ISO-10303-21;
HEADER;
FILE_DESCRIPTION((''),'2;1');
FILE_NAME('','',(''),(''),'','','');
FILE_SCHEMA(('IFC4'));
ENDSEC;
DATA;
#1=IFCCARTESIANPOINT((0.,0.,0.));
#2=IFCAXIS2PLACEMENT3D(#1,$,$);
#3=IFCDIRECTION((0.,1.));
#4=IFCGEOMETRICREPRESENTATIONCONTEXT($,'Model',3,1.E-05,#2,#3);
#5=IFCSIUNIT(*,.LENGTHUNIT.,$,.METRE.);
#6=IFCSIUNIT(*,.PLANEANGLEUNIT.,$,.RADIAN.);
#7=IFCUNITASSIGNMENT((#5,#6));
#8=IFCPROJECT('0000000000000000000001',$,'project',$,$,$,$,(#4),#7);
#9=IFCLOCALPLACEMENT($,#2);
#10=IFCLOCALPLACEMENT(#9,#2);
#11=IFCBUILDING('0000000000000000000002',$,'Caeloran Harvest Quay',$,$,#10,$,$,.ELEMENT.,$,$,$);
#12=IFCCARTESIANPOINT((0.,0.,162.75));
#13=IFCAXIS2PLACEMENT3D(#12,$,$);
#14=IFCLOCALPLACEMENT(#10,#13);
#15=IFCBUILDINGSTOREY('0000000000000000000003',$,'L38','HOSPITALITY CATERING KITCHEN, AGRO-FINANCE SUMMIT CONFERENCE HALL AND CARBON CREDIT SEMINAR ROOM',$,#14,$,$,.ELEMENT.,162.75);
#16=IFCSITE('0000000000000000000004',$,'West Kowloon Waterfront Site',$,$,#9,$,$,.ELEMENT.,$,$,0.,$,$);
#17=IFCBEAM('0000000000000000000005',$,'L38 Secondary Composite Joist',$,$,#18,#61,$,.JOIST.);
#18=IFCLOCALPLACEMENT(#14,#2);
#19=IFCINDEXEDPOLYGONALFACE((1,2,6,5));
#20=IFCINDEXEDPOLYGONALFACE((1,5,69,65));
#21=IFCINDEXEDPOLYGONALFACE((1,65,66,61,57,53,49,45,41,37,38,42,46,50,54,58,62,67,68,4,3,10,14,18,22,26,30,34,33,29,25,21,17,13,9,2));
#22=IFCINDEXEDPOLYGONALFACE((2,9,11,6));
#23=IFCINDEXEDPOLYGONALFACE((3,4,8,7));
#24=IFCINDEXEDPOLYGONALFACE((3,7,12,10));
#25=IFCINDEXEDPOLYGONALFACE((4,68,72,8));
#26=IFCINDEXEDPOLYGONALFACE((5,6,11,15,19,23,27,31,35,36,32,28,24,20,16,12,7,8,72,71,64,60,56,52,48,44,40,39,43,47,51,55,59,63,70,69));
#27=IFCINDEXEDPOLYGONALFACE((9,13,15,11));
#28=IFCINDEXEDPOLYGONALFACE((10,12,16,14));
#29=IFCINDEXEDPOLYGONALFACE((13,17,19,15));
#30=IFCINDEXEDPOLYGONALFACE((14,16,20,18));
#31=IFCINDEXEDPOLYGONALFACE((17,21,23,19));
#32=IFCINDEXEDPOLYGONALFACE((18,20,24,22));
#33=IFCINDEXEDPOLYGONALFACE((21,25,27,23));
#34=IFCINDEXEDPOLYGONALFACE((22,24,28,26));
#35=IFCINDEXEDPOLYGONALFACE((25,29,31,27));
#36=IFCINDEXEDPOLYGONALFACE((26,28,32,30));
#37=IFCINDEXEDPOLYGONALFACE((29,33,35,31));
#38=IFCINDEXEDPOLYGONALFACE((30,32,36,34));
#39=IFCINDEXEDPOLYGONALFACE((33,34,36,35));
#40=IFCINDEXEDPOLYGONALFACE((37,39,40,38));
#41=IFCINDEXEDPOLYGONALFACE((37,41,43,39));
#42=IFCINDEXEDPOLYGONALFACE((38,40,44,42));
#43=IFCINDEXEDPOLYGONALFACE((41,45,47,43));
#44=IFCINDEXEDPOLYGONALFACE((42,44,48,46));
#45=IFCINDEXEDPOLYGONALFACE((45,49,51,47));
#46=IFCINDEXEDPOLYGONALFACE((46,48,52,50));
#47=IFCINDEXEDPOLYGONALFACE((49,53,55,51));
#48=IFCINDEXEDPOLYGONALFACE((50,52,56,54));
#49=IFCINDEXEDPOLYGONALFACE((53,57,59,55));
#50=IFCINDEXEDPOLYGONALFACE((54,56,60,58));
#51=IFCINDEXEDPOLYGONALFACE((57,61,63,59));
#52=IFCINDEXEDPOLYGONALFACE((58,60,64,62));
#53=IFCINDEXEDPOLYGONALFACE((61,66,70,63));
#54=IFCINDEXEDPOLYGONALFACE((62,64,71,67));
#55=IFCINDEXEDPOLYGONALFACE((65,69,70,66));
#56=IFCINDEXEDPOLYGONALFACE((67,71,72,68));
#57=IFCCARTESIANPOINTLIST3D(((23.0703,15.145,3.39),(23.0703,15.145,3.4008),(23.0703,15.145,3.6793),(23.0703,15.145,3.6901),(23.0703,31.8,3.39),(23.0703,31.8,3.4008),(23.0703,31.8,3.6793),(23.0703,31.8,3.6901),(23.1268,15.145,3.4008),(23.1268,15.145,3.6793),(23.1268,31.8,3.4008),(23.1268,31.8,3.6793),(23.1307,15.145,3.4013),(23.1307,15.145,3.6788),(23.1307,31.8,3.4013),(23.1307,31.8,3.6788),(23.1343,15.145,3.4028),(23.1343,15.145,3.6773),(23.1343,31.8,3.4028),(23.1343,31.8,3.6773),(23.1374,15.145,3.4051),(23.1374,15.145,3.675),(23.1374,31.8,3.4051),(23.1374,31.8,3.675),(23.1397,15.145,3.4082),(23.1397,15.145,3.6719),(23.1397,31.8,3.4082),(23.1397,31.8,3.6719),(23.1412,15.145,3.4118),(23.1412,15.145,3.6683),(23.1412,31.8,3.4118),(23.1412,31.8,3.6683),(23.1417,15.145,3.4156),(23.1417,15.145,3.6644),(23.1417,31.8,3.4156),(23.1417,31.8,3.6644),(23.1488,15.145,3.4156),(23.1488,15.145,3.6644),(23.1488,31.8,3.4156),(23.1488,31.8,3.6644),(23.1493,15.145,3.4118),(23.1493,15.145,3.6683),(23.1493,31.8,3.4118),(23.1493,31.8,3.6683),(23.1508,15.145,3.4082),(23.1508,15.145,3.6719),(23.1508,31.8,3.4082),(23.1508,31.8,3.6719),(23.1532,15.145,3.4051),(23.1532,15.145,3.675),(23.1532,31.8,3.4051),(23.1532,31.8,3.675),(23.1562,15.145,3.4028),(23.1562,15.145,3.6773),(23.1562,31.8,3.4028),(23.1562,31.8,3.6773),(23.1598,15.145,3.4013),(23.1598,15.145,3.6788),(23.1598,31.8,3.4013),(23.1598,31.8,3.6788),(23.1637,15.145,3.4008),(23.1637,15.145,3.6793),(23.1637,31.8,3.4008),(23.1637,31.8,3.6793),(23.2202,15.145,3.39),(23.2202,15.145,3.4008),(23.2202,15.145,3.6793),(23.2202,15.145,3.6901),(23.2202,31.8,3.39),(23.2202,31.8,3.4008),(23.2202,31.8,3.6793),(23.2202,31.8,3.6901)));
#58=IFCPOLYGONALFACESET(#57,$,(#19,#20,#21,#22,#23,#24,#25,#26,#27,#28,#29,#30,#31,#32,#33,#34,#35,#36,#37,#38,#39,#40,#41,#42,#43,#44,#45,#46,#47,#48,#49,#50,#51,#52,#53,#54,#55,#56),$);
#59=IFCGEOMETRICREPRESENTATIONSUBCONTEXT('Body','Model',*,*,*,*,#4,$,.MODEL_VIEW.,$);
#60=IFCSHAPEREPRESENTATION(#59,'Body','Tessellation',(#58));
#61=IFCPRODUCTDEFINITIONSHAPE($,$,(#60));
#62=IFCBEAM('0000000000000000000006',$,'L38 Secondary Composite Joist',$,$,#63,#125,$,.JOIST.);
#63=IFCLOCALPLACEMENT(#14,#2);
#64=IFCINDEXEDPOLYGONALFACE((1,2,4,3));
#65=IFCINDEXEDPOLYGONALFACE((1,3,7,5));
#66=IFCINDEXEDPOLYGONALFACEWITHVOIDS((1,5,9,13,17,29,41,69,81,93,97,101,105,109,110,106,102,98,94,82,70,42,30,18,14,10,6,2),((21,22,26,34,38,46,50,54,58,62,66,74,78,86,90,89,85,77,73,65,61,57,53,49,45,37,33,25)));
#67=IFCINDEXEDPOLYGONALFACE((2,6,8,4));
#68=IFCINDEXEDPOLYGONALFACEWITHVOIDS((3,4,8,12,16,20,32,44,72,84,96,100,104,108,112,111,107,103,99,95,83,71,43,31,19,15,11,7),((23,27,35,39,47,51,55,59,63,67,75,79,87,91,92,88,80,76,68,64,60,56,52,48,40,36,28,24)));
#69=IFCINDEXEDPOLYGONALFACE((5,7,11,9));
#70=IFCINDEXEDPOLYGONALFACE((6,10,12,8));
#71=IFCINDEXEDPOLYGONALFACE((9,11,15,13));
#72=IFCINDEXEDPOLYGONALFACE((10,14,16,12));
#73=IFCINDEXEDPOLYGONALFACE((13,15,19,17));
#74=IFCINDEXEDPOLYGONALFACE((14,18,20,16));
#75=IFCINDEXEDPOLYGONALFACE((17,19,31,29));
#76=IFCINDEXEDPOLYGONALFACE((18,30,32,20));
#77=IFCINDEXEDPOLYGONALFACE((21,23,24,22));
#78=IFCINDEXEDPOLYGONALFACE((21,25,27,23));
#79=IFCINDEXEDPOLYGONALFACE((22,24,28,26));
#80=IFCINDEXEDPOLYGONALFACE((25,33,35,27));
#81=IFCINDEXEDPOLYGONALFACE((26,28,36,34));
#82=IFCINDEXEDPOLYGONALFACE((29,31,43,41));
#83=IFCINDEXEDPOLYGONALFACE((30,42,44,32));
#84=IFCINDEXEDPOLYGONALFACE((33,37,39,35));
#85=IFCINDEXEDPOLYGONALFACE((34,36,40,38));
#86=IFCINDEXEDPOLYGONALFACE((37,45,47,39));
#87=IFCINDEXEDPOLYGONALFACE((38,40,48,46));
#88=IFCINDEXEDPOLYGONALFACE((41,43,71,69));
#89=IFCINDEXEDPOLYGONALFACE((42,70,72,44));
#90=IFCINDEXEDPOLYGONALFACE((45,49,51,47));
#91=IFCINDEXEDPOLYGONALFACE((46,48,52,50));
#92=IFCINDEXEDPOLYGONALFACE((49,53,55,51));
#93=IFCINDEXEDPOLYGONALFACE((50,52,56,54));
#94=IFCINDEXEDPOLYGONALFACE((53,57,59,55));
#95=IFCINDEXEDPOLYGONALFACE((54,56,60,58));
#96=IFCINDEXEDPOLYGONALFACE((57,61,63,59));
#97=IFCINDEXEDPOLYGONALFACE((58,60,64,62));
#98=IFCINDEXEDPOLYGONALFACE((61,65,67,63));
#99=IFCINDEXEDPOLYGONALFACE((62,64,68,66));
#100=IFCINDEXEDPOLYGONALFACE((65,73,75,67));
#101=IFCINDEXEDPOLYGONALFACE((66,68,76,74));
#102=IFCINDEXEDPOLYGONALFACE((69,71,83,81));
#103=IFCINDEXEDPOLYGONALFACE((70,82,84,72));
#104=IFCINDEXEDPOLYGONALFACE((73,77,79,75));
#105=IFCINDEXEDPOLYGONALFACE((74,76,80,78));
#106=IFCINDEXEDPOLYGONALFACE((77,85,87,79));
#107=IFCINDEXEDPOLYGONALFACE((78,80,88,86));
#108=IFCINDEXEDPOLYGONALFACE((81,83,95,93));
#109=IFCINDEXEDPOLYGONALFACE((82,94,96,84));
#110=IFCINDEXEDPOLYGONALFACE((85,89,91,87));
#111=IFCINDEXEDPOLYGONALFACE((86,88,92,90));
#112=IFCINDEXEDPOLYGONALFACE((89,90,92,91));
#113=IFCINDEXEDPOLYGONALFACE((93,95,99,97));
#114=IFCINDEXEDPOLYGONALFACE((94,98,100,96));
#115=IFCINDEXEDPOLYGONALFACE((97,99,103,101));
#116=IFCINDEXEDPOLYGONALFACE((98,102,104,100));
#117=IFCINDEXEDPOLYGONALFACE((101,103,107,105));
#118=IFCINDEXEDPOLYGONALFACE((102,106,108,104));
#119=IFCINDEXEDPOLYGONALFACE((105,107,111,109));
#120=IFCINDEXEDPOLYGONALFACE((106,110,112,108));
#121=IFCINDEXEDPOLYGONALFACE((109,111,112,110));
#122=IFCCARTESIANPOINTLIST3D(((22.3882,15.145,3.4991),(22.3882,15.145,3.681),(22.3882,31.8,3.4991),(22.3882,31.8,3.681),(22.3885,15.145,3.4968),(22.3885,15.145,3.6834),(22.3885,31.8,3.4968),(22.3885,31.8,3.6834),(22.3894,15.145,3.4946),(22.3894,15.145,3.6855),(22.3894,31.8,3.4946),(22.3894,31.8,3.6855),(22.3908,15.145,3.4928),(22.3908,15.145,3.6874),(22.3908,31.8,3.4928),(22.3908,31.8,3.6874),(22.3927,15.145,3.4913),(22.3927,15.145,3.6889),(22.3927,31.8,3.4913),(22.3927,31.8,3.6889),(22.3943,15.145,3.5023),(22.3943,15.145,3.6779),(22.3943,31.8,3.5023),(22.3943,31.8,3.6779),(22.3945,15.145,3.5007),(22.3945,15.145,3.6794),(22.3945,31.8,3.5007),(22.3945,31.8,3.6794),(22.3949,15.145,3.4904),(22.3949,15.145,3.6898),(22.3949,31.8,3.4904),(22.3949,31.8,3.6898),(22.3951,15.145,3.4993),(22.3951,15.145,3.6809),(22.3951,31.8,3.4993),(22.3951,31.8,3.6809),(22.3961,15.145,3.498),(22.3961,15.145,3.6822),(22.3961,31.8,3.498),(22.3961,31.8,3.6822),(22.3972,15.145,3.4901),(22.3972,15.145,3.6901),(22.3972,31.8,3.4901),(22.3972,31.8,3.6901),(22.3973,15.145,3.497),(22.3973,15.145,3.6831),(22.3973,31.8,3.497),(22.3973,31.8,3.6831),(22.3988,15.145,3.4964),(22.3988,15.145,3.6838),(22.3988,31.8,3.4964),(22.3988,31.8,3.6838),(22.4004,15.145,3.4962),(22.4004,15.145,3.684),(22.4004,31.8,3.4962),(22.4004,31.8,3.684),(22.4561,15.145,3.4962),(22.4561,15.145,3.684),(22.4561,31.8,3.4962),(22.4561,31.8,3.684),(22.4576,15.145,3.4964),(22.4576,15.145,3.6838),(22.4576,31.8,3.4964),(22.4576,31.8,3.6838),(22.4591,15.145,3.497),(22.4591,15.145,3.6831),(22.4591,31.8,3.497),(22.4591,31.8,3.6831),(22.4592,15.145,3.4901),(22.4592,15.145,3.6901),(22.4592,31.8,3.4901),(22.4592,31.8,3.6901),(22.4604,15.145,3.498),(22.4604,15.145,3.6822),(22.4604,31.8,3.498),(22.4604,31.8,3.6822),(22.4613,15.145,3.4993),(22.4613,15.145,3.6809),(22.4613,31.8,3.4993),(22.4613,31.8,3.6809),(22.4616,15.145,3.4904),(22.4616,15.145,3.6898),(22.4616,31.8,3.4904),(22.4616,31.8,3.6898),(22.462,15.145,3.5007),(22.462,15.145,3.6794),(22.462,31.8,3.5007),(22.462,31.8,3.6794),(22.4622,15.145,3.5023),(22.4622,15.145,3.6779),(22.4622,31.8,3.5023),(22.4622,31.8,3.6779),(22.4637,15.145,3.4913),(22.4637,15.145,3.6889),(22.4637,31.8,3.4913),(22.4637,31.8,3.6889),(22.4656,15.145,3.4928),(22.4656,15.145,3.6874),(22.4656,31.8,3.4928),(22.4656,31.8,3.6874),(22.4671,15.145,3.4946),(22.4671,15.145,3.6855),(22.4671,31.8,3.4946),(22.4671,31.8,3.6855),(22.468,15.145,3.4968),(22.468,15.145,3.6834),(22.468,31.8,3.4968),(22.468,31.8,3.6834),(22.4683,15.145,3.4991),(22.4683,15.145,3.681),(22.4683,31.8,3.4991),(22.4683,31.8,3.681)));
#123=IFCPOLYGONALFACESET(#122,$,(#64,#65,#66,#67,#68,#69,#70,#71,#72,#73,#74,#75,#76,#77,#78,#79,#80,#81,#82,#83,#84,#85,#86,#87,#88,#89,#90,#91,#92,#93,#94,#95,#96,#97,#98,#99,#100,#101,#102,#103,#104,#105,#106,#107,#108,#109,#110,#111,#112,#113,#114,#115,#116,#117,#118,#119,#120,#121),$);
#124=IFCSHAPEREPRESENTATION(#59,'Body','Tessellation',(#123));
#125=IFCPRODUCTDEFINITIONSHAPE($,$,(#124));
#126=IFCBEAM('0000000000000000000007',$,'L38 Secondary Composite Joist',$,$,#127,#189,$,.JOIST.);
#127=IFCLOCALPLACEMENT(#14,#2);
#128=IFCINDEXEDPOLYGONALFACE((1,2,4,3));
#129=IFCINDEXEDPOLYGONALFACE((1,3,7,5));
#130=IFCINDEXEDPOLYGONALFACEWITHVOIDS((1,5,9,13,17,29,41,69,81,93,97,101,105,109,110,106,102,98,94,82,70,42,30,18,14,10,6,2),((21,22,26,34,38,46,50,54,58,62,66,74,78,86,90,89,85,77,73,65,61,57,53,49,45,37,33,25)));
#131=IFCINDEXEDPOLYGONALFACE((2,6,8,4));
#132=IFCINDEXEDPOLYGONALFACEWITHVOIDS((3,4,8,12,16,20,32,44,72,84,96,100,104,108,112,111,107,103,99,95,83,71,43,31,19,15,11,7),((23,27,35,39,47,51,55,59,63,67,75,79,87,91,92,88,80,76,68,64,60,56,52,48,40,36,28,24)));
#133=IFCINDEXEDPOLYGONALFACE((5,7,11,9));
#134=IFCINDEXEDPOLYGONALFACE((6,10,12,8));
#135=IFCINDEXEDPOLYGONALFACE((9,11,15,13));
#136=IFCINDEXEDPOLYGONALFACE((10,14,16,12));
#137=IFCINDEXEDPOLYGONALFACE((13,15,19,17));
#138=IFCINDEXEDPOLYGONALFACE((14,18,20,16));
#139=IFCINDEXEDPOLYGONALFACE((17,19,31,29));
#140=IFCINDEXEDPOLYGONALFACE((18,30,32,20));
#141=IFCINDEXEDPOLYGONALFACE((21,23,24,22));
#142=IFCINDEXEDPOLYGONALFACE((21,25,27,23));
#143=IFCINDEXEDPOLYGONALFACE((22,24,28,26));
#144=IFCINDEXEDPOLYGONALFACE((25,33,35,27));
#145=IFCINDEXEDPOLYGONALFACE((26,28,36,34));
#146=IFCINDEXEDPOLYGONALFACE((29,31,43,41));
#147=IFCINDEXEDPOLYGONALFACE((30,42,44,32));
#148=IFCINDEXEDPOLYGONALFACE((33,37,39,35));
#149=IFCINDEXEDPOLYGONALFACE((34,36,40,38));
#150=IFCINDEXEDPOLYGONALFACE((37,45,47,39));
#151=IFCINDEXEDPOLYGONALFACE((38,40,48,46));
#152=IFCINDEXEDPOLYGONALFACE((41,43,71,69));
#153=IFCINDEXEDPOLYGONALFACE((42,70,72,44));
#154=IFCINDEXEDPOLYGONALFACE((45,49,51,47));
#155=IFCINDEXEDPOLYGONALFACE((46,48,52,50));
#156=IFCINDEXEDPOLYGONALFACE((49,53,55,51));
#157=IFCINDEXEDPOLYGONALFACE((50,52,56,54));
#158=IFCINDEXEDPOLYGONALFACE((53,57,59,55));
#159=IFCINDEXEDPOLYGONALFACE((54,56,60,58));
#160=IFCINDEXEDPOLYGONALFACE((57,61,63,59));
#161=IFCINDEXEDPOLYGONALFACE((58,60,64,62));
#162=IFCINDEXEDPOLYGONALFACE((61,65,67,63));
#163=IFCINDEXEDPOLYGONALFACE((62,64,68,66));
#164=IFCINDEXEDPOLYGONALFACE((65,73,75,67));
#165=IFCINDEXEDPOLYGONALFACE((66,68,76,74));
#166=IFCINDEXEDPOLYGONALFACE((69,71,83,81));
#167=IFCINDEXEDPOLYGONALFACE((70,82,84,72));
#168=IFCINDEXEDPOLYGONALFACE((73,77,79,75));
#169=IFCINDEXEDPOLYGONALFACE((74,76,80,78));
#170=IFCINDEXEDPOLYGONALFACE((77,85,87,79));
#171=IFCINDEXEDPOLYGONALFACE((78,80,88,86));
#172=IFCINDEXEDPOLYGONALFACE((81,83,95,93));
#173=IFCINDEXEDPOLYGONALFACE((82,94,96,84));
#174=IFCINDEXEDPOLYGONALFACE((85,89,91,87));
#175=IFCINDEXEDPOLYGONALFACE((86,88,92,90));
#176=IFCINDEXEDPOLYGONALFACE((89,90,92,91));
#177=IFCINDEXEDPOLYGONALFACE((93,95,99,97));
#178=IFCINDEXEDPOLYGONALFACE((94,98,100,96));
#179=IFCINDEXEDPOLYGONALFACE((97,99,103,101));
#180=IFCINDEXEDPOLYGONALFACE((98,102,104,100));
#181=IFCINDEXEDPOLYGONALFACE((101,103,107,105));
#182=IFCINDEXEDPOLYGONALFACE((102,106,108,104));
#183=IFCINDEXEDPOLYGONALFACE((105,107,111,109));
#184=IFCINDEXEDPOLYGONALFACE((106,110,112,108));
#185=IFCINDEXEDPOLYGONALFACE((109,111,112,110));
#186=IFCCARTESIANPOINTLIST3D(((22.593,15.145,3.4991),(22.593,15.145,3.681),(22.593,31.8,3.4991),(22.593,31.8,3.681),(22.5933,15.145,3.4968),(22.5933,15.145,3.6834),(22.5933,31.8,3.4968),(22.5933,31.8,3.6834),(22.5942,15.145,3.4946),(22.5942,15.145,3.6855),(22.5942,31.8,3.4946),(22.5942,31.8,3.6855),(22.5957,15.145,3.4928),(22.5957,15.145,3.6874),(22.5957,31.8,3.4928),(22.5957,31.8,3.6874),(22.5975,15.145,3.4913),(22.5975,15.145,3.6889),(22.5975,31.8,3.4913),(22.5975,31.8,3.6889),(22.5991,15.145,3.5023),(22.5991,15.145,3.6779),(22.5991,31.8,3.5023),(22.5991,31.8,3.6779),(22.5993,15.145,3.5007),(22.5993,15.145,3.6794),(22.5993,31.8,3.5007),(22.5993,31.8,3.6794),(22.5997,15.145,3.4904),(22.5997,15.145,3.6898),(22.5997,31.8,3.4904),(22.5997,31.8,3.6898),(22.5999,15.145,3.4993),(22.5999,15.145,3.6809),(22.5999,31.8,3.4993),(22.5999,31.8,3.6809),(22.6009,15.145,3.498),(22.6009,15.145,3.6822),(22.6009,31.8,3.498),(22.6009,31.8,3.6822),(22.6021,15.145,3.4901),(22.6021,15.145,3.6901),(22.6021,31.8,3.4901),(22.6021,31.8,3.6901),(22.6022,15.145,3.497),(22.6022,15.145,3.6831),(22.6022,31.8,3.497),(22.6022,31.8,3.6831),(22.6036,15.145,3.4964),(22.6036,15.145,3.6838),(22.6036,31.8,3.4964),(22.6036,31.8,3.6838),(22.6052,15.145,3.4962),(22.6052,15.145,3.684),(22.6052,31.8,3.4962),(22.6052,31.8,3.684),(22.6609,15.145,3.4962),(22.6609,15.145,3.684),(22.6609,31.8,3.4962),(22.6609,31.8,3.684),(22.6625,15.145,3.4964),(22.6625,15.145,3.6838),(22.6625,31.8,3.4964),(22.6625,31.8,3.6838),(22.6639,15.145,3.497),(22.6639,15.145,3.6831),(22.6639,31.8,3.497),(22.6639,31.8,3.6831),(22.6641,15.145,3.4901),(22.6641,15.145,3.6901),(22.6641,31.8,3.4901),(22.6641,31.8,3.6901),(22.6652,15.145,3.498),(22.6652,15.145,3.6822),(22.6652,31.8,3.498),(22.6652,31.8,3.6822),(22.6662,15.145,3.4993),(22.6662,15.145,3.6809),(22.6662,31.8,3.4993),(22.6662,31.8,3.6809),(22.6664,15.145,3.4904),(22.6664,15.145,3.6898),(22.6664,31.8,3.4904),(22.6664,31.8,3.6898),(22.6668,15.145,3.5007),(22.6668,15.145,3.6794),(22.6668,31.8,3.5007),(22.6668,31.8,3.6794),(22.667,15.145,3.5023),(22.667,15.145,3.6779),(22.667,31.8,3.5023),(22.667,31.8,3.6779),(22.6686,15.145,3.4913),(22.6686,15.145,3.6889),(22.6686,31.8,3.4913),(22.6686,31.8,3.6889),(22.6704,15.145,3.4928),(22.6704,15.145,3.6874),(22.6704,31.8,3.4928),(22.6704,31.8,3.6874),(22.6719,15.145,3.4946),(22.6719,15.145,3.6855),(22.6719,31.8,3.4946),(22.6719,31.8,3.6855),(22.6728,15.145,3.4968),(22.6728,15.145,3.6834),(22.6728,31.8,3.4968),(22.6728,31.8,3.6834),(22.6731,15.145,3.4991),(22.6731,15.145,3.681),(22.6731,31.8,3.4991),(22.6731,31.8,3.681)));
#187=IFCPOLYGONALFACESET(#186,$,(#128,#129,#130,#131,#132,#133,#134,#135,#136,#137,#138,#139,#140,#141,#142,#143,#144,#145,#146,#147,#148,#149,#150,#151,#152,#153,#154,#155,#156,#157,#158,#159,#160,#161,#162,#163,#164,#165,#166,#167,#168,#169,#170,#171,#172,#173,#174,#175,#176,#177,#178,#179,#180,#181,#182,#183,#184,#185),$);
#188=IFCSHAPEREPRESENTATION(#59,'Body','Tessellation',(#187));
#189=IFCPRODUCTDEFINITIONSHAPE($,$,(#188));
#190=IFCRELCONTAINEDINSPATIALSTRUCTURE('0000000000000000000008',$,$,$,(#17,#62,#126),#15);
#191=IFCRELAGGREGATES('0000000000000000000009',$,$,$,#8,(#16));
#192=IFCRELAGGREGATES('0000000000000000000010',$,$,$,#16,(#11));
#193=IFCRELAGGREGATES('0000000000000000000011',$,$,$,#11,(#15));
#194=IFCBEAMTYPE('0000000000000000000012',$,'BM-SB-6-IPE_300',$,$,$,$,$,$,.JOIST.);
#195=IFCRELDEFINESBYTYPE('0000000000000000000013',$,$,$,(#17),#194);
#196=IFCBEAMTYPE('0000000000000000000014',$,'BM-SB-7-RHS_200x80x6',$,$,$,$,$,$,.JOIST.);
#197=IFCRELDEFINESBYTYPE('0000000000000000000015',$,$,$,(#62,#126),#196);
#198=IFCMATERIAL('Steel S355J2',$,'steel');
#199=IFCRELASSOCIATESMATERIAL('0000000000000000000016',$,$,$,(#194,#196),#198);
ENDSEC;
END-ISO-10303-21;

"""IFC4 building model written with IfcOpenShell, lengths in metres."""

from ifc_helpers import new_model, si_unit, direction, frame, origin, origin_2d, place, context, subcontext, project, spatial, hollow_rectangle, i_section, extrude, material, material_profile, profile_set, type_object, element, save


model = new_model("IFC4")

# Units and contexts
model_context = context("Model", 3, precision=1e-05, world=origin(), true_north=direction((0.0, 1.0)))
body_context = subcontext(model_context, "Body", "Model", "MODEL_VIEW")
ifc_project = project(units=[si_unit("LENGTHUNIT", "METRE"), si_unit("PLANEANGLEUNIT", "RADIAN")], contexts=[model_context])

# Site, building, storey
site_placement = place(None, origin())
site = spatial("IfcSite", under=ifc_project, at=site_placement, Name="West Kowloon Waterfront Site", CompositionType="ELEMENT", RefElevation=0.0)
building_placement = place(site_placement, origin())
building = spatial("IfcBuilding", under=site, at=building_placement, Name="Caeloran Harvest Quay", CompositionType="ELEMENT")
storey_placement = place(building_placement, frame((0.0, 0.0, 162.75)))
storey = spatial("IfcBuildingStorey", under=building, at=storey_placement, Name="L38", Description="HOSPITALITY CATERING KITCHEN, AGRO-FINANCE SUMMIT CONFERENCE HALL AND CARBON CREDIT SEMINAR ROOM", CompositionType="ELEMENT", Elevation=162.75)

# Beams
ifc_material_1 = material(Name="Steel S355J2", Category="steel")
ifc_material_profile_1 = material_profile(ifc_material_1, i_section(OverallWidth=0.1499, OverallDepth=0.3, WebThickness=0.0071, FlangeThickness=0.0107, FilletRadius=0.0149, at=origin_2d()), Name="IPE 300")
ifc_profile_set_1 = profile_set([ifc_material_profile_1], Name="Steel S355J2")
beam_type_1 = type_object("IfcBeamType", Name="BM-SB-6-IPE_300", PredefinedType="JOIST", material=ifc_profile_set_1)
for number, where, z_axis, x_axis, name in (
    (1, (23.1453, 15.145, 3.54), (0.0, 1.0, 0.0), (-1.0, 0.0, 0.0), "L38 Secondary Composite Joist"),
):
    element("IfcBeam", number, at=place(storey_placement, frame(where, z_axis=z_axis, x_axis=x_axis)), inside=storey, type_object=beam_type_1, Name=name, PredefinedType="JOIST", context=body_context, shape_type="SweptSolid", body=[
        extrude(i_section(OverallWidth=0.1499, OverallDepth=0.3, WebThickness=0.0071, FlangeThickness=0.0107, FilletRadius=0.0149, at=origin_2d()), origin(), (0.0, 0.0, 1.0), 16.655),
    ])
ifc_material_profile_2 = material_profile(ifc_material_1, hollow_rectangle(XDim=0.0801, YDim=0.2, WallThickness=0.0061, InnerFilletRadius=0.0061, OuterFilletRadius=0.009, at=origin_2d()), Name="RHS 200x80x6")
ifc_profile_set_2 = profile_set([ifc_material_profile_2], Name="Steel S355J2")
beam_type_2 = type_object("IfcBeamType", Name="BM-SB-7-RHS_200x80x6", PredefinedType="JOIST", material=ifc_profile_set_2)
for number, where, z_axis, x_axis, name in (
    (2, (22.4282, 15.145, 3.5901), (0.0, 1.0, 0.0), (-1.0, 0.0, 0.0), "L38 Secondary Composite Joist"),
    (3, (22.6331, 15.145, 3.5901), (0.0, 1.0, 0.0), (-1.0, 0.0, 0.0), "L38 Secondary Composite Joist"),
):
    element("IfcBeam", number, at=place(storey_placement, frame(where, z_axis=z_axis, x_axis=x_axis)), inside=storey, type_object=beam_type_2, Name=name, PredefinedType="JOIST", context=body_context, shape_type="SweptSolid", body=[
        extrude(hollow_rectangle(XDim=0.0801, YDim=0.2, WallThickness=0.0061, InnerFilletRadius=0.0061, OuterFilletRadius=0.009, at=origin_2d()), origin(), (0.0, 0.0, 1.0), 16.655),
    ])

save(model, "model.ifc")
